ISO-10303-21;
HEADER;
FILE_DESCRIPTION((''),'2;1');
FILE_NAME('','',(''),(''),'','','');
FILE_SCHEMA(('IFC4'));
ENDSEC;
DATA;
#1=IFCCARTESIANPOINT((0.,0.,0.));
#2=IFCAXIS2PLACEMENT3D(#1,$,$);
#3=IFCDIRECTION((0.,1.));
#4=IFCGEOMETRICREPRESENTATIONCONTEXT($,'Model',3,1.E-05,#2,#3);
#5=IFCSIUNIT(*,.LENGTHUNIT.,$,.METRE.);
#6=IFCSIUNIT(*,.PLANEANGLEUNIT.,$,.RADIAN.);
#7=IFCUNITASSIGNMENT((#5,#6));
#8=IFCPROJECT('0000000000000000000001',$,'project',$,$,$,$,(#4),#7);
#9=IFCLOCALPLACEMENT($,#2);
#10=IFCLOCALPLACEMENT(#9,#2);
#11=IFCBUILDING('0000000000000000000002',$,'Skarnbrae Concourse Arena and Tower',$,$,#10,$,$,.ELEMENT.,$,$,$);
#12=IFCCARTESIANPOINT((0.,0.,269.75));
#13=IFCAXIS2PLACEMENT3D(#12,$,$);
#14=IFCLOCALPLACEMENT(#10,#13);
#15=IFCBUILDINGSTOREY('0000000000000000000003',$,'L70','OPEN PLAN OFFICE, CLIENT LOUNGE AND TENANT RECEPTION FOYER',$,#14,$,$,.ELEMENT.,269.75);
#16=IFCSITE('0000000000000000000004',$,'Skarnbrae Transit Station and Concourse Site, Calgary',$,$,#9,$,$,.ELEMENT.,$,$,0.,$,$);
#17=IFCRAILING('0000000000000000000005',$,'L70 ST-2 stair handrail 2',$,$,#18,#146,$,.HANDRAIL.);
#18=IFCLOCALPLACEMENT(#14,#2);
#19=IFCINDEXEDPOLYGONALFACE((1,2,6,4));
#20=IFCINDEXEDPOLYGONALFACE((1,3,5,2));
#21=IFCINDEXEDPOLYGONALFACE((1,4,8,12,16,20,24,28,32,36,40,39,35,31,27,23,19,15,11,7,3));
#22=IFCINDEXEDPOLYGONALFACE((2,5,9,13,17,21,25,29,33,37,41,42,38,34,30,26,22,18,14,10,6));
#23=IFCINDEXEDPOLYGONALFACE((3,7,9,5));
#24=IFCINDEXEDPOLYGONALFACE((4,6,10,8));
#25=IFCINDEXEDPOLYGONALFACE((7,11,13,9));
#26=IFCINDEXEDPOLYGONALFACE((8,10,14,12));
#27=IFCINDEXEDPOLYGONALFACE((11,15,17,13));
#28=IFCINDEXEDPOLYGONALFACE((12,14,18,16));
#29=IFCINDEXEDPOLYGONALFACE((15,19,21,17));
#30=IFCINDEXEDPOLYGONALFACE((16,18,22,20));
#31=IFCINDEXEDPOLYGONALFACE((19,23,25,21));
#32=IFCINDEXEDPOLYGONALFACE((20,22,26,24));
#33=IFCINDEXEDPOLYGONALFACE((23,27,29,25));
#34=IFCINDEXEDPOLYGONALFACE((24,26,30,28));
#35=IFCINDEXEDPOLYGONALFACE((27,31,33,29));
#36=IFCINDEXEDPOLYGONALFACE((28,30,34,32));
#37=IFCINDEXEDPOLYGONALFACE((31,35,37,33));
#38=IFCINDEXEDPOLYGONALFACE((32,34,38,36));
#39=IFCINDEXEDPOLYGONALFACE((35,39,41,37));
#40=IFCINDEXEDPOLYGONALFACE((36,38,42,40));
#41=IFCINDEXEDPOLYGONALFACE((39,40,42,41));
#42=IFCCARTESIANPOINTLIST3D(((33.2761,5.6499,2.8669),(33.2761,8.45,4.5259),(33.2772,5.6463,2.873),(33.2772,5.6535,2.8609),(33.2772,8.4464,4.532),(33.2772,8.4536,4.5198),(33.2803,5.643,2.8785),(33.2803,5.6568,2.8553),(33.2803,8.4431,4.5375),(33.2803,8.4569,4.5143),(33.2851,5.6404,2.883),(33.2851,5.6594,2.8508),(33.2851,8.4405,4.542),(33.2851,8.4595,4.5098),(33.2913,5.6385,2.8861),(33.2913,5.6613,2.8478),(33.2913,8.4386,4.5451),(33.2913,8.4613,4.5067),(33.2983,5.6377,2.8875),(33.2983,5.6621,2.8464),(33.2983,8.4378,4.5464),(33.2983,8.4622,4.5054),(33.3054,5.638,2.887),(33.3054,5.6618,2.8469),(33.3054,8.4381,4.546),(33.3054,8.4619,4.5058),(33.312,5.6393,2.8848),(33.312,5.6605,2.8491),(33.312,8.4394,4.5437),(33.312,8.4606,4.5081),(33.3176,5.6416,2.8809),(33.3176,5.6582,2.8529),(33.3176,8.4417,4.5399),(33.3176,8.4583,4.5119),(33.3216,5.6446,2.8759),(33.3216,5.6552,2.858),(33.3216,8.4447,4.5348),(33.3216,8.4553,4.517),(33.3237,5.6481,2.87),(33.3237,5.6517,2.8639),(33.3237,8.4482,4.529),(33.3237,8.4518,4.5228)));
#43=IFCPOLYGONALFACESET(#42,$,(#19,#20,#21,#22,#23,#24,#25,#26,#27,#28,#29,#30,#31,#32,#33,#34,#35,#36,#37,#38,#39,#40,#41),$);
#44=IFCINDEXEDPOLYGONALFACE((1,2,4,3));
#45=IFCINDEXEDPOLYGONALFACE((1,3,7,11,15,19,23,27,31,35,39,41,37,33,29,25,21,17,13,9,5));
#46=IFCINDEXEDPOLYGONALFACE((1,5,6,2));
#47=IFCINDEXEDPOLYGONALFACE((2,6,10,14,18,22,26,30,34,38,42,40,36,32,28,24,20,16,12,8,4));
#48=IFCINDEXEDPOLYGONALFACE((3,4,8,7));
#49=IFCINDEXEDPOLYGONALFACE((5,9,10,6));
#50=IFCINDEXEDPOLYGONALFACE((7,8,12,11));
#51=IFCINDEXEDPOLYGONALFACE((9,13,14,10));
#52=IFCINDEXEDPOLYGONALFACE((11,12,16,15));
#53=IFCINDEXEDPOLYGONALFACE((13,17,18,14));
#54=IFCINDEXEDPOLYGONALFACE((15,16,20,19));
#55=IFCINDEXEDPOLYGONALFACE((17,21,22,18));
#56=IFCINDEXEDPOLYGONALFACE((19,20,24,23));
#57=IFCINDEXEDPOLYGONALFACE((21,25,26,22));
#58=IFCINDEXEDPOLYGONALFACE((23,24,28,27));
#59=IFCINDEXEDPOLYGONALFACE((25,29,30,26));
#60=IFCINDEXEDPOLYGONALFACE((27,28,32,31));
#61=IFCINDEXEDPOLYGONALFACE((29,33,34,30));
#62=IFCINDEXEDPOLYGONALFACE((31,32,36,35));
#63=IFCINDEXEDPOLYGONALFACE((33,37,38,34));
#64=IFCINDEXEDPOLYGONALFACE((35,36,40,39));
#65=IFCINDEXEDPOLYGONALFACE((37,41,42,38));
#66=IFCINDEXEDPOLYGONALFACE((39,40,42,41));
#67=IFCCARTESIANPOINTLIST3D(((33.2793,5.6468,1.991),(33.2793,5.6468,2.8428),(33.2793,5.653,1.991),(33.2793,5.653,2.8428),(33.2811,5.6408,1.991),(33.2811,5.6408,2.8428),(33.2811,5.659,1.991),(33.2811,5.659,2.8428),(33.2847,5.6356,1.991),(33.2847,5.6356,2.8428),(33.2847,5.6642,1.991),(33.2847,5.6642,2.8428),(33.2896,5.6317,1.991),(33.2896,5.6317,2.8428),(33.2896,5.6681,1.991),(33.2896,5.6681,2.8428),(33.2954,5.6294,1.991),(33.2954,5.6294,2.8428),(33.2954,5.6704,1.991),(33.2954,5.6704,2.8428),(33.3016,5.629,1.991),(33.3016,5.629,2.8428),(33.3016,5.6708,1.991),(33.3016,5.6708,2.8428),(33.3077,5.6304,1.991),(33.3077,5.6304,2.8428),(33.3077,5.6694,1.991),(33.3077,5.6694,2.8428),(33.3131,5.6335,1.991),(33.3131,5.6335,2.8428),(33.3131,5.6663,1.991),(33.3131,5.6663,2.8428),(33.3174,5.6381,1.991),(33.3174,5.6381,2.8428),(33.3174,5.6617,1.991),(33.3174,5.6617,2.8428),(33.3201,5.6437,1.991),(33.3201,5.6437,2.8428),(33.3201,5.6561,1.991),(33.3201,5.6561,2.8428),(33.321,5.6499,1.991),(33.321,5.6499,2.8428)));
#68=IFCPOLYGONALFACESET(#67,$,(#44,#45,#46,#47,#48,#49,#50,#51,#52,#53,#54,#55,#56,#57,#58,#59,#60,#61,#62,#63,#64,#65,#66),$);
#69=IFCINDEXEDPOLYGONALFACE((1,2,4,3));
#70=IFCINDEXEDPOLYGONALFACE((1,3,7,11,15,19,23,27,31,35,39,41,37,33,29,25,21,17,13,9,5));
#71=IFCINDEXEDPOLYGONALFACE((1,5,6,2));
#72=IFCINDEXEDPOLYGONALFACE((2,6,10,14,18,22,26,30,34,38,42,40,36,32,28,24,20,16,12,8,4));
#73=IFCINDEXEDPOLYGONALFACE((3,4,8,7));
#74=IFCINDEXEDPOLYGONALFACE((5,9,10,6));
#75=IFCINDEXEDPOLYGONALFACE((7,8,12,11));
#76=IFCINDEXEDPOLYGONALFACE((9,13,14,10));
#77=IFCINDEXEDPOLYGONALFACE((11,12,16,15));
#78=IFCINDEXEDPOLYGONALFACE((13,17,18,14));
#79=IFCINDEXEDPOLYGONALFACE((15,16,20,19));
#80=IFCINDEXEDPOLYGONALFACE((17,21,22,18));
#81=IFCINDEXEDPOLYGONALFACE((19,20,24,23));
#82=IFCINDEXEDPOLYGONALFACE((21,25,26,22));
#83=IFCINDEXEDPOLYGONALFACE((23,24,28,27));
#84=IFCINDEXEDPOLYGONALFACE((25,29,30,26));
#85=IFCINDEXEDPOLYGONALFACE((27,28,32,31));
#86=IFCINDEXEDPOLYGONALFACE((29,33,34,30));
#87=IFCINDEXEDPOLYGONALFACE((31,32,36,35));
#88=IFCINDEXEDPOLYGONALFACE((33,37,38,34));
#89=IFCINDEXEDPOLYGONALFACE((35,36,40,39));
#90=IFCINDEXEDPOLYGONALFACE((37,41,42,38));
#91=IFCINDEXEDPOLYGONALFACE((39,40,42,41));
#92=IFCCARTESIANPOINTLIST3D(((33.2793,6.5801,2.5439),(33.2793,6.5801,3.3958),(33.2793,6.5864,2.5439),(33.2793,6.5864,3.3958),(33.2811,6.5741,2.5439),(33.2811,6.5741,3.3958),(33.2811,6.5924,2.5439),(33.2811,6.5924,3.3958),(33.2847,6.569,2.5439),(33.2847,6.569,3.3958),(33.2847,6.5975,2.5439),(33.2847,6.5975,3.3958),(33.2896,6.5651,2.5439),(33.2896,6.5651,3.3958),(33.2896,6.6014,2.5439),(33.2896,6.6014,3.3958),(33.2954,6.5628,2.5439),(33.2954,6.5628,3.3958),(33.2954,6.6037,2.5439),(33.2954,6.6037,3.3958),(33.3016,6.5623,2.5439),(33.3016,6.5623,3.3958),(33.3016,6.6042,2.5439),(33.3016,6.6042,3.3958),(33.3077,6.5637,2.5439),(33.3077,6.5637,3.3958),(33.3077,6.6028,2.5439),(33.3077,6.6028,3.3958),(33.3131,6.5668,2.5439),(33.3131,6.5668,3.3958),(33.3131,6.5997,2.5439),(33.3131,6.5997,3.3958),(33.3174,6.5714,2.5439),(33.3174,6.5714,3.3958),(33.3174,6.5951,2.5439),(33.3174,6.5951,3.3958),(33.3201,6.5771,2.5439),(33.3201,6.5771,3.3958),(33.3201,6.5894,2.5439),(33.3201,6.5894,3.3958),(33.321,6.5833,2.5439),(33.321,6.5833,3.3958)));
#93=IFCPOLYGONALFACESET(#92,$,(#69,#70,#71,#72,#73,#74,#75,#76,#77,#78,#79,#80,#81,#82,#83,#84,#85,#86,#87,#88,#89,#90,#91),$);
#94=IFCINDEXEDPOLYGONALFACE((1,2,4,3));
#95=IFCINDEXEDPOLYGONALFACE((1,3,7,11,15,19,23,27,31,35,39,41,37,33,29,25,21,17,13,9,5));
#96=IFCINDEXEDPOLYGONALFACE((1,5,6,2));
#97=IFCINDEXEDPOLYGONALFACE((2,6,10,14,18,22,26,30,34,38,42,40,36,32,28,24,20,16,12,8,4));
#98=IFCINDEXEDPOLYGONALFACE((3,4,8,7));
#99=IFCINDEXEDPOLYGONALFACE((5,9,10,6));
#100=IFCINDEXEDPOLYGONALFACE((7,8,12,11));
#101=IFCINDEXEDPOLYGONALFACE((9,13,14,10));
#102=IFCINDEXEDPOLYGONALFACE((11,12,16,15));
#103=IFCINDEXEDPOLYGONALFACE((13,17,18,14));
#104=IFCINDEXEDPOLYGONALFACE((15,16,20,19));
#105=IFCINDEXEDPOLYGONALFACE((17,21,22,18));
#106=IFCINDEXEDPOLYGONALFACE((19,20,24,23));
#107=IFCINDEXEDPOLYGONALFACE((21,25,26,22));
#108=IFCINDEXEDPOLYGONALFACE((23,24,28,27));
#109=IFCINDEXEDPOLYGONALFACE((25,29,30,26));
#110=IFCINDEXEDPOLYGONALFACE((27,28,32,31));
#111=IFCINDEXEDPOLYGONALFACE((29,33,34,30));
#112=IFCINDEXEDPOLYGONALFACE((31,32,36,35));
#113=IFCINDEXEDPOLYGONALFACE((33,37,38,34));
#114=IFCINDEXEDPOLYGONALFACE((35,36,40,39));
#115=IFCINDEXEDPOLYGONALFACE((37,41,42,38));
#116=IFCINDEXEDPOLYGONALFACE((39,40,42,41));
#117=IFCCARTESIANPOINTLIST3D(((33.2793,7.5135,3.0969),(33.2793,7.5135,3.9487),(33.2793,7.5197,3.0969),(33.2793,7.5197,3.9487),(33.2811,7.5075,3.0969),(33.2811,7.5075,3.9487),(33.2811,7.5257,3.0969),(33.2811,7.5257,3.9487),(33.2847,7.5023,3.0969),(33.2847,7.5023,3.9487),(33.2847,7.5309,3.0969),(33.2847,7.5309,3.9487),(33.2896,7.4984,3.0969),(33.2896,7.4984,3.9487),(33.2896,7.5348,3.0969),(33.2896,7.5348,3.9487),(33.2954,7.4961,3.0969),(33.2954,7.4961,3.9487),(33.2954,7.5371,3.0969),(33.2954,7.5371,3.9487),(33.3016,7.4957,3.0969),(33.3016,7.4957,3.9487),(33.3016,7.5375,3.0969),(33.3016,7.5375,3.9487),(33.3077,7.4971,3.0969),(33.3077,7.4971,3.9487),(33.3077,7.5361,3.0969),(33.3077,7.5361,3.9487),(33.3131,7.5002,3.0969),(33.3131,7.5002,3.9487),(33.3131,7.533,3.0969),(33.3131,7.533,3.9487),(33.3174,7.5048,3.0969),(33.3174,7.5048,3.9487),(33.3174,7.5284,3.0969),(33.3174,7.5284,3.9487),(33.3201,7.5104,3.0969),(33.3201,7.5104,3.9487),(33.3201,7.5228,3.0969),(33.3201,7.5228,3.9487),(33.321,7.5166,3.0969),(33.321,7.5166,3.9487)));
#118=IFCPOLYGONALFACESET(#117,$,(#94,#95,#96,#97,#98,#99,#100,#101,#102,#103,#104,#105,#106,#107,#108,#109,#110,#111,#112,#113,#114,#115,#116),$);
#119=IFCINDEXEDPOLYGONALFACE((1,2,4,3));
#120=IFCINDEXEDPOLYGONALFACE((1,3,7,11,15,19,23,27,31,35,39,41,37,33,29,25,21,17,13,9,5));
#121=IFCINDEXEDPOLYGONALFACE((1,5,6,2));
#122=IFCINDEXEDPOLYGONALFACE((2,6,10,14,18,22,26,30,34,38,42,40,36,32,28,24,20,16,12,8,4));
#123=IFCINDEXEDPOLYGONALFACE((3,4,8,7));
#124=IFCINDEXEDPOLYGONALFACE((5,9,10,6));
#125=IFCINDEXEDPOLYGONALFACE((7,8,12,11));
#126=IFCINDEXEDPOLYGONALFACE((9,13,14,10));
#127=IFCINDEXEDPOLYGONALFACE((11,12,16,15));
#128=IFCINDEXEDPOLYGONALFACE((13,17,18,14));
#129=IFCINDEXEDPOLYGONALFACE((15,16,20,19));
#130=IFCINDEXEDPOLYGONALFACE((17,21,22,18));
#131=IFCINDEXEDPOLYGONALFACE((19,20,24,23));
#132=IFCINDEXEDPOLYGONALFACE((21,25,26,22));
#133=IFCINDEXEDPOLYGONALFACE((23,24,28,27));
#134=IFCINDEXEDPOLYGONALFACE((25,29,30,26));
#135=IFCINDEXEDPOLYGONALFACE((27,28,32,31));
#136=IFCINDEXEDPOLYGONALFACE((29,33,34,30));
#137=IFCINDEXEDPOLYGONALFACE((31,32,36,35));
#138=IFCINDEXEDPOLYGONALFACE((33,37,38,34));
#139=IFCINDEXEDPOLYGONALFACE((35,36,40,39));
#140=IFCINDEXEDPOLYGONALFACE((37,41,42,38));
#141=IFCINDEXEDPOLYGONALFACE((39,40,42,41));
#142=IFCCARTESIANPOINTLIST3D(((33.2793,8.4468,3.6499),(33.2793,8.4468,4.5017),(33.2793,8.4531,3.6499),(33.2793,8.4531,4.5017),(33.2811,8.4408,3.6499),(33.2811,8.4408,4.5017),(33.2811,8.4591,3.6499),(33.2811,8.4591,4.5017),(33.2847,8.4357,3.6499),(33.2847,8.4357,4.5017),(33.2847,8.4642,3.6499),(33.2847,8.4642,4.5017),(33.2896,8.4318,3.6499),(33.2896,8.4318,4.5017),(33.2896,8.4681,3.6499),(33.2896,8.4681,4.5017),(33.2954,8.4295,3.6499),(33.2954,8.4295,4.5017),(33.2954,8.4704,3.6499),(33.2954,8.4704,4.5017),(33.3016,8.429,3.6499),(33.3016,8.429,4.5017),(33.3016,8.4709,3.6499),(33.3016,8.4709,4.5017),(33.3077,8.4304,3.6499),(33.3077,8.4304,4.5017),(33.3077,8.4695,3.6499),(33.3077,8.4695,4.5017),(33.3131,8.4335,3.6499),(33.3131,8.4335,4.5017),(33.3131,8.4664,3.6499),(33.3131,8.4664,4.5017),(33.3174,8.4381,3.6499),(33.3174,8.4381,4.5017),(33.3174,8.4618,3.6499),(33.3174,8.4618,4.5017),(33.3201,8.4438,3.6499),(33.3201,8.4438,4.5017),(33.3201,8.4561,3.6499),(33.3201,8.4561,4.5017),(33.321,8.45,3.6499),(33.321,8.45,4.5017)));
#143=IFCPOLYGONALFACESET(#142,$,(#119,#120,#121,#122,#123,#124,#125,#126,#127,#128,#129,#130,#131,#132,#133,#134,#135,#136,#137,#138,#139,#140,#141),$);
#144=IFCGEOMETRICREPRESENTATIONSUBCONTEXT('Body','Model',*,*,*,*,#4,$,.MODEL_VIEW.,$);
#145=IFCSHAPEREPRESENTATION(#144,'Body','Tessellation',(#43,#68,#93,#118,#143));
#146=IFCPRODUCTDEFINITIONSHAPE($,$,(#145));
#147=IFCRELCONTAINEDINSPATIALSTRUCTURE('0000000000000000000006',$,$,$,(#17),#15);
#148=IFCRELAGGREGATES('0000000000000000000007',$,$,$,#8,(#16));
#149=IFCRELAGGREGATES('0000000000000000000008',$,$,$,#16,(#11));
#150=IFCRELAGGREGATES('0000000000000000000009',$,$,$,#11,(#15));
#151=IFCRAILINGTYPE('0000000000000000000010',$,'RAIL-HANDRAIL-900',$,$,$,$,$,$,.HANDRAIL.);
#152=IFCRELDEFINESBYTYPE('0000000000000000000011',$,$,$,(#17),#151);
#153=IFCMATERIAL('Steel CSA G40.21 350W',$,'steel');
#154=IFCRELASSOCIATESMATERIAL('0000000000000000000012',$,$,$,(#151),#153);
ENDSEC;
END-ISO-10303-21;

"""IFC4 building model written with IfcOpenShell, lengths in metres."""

from ifc_helpers import new_model, si_unit, direction, frame, origin, origin_2d, place, context, subcontext, project, spatial, circle, extrude, material, type_object, element, save


model = new_model("IFC4")

# Units and contexts
model_context = context("Model", 3, precision=1e-05, world=origin(), true_north=direction((0.0, 1.0)))
body_context = subcontext(model_context, "Body", "Model", "MODEL_VIEW")
ifc_project = project(units=[si_unit("LENGTHUNIT", "METRE"), si_unit("PLANEANGLEUNIT", "RADIAN")], contexts=[model_context])

# Site, building, storey
site_placement = place(None, origin())
site = spatial("IfcSite", under=ifc_project, at=site_placement, Name="Skarnbrae Transit Station and Concourse Site, Calgary", CompositionType="ELEMENT", RefElevation=0.0)
building_placement = place(site_placement, origin())
building = spatial("IfcBuilding", under=site, at=building_placement, Name="Skarnbrae Concourse Arena and Tower", CompositionType="ELEMENT")
storey_placement = place(building_placement, frame((0.0, 0.0, 269.75)))
storey = spatial("IfcBuildingStorey", under=building, at=storey_placement, Name="L70", Description="OPEN PLAN OFFICE, CLIENT LOUNGE AND TENANT RECEPTION FOYER", CompositionType="ELEMENT", Elevation=269.75)

# Shared definitions
ifc_material_1 = material(Name="Steel CSA G40.21 350W", Category="steel")

# Railing
railing_type_1 = type_object("IfcRailingType", Name="RAIL-HANDRAIL-900", PredefinedType="HANDRAIL", material=ifc_material_1)
railing_1_placement = place(storey_placement, frame((33.3, 5.6499, 1.991)))
element("IfcRailing", 1, at=railing_1_placement, inside=storey, type_object=railing_type_1, Name="L70 ST-2 stair handrail 2", PredefinedType="HANDRAIL", context=body_context, shape_type="SweptSolid", body=[
    extrude(circle(Radius=0.0239, at=origin_2d()), frame((0.0, 0.0, 0.876), z_axis=(0.0, 0.860339, 0.509722), x_axis=(-1.0, 0.0, 0.0)), (0.0, 0.0, 1.0), 3.2546),
    extrude(circle(Radius=0.021, at=origin_2d()), origin(), (0.0, 0.0, 1.0), 0.8518),
    extrude(circle(Radius=0.021, at=origin_2d()), frame((0.0, 0.9333, 0.553)), (0.0, 0.0, 1.0), 0.8518),
    extrude(circle(Radius=0.021, at=origin_2d()), frame((0.0, 1.8667, 1.106)), (0.0, 0.0, 1.0), 0.8518),
    extrude(circle(Radius=0.021, at=origin_2d()), frame((0.0, 2.8, 1.6589)), (0.0, 0.0, 1.0), 0.8518),
])

save(model, "model.ifc")
